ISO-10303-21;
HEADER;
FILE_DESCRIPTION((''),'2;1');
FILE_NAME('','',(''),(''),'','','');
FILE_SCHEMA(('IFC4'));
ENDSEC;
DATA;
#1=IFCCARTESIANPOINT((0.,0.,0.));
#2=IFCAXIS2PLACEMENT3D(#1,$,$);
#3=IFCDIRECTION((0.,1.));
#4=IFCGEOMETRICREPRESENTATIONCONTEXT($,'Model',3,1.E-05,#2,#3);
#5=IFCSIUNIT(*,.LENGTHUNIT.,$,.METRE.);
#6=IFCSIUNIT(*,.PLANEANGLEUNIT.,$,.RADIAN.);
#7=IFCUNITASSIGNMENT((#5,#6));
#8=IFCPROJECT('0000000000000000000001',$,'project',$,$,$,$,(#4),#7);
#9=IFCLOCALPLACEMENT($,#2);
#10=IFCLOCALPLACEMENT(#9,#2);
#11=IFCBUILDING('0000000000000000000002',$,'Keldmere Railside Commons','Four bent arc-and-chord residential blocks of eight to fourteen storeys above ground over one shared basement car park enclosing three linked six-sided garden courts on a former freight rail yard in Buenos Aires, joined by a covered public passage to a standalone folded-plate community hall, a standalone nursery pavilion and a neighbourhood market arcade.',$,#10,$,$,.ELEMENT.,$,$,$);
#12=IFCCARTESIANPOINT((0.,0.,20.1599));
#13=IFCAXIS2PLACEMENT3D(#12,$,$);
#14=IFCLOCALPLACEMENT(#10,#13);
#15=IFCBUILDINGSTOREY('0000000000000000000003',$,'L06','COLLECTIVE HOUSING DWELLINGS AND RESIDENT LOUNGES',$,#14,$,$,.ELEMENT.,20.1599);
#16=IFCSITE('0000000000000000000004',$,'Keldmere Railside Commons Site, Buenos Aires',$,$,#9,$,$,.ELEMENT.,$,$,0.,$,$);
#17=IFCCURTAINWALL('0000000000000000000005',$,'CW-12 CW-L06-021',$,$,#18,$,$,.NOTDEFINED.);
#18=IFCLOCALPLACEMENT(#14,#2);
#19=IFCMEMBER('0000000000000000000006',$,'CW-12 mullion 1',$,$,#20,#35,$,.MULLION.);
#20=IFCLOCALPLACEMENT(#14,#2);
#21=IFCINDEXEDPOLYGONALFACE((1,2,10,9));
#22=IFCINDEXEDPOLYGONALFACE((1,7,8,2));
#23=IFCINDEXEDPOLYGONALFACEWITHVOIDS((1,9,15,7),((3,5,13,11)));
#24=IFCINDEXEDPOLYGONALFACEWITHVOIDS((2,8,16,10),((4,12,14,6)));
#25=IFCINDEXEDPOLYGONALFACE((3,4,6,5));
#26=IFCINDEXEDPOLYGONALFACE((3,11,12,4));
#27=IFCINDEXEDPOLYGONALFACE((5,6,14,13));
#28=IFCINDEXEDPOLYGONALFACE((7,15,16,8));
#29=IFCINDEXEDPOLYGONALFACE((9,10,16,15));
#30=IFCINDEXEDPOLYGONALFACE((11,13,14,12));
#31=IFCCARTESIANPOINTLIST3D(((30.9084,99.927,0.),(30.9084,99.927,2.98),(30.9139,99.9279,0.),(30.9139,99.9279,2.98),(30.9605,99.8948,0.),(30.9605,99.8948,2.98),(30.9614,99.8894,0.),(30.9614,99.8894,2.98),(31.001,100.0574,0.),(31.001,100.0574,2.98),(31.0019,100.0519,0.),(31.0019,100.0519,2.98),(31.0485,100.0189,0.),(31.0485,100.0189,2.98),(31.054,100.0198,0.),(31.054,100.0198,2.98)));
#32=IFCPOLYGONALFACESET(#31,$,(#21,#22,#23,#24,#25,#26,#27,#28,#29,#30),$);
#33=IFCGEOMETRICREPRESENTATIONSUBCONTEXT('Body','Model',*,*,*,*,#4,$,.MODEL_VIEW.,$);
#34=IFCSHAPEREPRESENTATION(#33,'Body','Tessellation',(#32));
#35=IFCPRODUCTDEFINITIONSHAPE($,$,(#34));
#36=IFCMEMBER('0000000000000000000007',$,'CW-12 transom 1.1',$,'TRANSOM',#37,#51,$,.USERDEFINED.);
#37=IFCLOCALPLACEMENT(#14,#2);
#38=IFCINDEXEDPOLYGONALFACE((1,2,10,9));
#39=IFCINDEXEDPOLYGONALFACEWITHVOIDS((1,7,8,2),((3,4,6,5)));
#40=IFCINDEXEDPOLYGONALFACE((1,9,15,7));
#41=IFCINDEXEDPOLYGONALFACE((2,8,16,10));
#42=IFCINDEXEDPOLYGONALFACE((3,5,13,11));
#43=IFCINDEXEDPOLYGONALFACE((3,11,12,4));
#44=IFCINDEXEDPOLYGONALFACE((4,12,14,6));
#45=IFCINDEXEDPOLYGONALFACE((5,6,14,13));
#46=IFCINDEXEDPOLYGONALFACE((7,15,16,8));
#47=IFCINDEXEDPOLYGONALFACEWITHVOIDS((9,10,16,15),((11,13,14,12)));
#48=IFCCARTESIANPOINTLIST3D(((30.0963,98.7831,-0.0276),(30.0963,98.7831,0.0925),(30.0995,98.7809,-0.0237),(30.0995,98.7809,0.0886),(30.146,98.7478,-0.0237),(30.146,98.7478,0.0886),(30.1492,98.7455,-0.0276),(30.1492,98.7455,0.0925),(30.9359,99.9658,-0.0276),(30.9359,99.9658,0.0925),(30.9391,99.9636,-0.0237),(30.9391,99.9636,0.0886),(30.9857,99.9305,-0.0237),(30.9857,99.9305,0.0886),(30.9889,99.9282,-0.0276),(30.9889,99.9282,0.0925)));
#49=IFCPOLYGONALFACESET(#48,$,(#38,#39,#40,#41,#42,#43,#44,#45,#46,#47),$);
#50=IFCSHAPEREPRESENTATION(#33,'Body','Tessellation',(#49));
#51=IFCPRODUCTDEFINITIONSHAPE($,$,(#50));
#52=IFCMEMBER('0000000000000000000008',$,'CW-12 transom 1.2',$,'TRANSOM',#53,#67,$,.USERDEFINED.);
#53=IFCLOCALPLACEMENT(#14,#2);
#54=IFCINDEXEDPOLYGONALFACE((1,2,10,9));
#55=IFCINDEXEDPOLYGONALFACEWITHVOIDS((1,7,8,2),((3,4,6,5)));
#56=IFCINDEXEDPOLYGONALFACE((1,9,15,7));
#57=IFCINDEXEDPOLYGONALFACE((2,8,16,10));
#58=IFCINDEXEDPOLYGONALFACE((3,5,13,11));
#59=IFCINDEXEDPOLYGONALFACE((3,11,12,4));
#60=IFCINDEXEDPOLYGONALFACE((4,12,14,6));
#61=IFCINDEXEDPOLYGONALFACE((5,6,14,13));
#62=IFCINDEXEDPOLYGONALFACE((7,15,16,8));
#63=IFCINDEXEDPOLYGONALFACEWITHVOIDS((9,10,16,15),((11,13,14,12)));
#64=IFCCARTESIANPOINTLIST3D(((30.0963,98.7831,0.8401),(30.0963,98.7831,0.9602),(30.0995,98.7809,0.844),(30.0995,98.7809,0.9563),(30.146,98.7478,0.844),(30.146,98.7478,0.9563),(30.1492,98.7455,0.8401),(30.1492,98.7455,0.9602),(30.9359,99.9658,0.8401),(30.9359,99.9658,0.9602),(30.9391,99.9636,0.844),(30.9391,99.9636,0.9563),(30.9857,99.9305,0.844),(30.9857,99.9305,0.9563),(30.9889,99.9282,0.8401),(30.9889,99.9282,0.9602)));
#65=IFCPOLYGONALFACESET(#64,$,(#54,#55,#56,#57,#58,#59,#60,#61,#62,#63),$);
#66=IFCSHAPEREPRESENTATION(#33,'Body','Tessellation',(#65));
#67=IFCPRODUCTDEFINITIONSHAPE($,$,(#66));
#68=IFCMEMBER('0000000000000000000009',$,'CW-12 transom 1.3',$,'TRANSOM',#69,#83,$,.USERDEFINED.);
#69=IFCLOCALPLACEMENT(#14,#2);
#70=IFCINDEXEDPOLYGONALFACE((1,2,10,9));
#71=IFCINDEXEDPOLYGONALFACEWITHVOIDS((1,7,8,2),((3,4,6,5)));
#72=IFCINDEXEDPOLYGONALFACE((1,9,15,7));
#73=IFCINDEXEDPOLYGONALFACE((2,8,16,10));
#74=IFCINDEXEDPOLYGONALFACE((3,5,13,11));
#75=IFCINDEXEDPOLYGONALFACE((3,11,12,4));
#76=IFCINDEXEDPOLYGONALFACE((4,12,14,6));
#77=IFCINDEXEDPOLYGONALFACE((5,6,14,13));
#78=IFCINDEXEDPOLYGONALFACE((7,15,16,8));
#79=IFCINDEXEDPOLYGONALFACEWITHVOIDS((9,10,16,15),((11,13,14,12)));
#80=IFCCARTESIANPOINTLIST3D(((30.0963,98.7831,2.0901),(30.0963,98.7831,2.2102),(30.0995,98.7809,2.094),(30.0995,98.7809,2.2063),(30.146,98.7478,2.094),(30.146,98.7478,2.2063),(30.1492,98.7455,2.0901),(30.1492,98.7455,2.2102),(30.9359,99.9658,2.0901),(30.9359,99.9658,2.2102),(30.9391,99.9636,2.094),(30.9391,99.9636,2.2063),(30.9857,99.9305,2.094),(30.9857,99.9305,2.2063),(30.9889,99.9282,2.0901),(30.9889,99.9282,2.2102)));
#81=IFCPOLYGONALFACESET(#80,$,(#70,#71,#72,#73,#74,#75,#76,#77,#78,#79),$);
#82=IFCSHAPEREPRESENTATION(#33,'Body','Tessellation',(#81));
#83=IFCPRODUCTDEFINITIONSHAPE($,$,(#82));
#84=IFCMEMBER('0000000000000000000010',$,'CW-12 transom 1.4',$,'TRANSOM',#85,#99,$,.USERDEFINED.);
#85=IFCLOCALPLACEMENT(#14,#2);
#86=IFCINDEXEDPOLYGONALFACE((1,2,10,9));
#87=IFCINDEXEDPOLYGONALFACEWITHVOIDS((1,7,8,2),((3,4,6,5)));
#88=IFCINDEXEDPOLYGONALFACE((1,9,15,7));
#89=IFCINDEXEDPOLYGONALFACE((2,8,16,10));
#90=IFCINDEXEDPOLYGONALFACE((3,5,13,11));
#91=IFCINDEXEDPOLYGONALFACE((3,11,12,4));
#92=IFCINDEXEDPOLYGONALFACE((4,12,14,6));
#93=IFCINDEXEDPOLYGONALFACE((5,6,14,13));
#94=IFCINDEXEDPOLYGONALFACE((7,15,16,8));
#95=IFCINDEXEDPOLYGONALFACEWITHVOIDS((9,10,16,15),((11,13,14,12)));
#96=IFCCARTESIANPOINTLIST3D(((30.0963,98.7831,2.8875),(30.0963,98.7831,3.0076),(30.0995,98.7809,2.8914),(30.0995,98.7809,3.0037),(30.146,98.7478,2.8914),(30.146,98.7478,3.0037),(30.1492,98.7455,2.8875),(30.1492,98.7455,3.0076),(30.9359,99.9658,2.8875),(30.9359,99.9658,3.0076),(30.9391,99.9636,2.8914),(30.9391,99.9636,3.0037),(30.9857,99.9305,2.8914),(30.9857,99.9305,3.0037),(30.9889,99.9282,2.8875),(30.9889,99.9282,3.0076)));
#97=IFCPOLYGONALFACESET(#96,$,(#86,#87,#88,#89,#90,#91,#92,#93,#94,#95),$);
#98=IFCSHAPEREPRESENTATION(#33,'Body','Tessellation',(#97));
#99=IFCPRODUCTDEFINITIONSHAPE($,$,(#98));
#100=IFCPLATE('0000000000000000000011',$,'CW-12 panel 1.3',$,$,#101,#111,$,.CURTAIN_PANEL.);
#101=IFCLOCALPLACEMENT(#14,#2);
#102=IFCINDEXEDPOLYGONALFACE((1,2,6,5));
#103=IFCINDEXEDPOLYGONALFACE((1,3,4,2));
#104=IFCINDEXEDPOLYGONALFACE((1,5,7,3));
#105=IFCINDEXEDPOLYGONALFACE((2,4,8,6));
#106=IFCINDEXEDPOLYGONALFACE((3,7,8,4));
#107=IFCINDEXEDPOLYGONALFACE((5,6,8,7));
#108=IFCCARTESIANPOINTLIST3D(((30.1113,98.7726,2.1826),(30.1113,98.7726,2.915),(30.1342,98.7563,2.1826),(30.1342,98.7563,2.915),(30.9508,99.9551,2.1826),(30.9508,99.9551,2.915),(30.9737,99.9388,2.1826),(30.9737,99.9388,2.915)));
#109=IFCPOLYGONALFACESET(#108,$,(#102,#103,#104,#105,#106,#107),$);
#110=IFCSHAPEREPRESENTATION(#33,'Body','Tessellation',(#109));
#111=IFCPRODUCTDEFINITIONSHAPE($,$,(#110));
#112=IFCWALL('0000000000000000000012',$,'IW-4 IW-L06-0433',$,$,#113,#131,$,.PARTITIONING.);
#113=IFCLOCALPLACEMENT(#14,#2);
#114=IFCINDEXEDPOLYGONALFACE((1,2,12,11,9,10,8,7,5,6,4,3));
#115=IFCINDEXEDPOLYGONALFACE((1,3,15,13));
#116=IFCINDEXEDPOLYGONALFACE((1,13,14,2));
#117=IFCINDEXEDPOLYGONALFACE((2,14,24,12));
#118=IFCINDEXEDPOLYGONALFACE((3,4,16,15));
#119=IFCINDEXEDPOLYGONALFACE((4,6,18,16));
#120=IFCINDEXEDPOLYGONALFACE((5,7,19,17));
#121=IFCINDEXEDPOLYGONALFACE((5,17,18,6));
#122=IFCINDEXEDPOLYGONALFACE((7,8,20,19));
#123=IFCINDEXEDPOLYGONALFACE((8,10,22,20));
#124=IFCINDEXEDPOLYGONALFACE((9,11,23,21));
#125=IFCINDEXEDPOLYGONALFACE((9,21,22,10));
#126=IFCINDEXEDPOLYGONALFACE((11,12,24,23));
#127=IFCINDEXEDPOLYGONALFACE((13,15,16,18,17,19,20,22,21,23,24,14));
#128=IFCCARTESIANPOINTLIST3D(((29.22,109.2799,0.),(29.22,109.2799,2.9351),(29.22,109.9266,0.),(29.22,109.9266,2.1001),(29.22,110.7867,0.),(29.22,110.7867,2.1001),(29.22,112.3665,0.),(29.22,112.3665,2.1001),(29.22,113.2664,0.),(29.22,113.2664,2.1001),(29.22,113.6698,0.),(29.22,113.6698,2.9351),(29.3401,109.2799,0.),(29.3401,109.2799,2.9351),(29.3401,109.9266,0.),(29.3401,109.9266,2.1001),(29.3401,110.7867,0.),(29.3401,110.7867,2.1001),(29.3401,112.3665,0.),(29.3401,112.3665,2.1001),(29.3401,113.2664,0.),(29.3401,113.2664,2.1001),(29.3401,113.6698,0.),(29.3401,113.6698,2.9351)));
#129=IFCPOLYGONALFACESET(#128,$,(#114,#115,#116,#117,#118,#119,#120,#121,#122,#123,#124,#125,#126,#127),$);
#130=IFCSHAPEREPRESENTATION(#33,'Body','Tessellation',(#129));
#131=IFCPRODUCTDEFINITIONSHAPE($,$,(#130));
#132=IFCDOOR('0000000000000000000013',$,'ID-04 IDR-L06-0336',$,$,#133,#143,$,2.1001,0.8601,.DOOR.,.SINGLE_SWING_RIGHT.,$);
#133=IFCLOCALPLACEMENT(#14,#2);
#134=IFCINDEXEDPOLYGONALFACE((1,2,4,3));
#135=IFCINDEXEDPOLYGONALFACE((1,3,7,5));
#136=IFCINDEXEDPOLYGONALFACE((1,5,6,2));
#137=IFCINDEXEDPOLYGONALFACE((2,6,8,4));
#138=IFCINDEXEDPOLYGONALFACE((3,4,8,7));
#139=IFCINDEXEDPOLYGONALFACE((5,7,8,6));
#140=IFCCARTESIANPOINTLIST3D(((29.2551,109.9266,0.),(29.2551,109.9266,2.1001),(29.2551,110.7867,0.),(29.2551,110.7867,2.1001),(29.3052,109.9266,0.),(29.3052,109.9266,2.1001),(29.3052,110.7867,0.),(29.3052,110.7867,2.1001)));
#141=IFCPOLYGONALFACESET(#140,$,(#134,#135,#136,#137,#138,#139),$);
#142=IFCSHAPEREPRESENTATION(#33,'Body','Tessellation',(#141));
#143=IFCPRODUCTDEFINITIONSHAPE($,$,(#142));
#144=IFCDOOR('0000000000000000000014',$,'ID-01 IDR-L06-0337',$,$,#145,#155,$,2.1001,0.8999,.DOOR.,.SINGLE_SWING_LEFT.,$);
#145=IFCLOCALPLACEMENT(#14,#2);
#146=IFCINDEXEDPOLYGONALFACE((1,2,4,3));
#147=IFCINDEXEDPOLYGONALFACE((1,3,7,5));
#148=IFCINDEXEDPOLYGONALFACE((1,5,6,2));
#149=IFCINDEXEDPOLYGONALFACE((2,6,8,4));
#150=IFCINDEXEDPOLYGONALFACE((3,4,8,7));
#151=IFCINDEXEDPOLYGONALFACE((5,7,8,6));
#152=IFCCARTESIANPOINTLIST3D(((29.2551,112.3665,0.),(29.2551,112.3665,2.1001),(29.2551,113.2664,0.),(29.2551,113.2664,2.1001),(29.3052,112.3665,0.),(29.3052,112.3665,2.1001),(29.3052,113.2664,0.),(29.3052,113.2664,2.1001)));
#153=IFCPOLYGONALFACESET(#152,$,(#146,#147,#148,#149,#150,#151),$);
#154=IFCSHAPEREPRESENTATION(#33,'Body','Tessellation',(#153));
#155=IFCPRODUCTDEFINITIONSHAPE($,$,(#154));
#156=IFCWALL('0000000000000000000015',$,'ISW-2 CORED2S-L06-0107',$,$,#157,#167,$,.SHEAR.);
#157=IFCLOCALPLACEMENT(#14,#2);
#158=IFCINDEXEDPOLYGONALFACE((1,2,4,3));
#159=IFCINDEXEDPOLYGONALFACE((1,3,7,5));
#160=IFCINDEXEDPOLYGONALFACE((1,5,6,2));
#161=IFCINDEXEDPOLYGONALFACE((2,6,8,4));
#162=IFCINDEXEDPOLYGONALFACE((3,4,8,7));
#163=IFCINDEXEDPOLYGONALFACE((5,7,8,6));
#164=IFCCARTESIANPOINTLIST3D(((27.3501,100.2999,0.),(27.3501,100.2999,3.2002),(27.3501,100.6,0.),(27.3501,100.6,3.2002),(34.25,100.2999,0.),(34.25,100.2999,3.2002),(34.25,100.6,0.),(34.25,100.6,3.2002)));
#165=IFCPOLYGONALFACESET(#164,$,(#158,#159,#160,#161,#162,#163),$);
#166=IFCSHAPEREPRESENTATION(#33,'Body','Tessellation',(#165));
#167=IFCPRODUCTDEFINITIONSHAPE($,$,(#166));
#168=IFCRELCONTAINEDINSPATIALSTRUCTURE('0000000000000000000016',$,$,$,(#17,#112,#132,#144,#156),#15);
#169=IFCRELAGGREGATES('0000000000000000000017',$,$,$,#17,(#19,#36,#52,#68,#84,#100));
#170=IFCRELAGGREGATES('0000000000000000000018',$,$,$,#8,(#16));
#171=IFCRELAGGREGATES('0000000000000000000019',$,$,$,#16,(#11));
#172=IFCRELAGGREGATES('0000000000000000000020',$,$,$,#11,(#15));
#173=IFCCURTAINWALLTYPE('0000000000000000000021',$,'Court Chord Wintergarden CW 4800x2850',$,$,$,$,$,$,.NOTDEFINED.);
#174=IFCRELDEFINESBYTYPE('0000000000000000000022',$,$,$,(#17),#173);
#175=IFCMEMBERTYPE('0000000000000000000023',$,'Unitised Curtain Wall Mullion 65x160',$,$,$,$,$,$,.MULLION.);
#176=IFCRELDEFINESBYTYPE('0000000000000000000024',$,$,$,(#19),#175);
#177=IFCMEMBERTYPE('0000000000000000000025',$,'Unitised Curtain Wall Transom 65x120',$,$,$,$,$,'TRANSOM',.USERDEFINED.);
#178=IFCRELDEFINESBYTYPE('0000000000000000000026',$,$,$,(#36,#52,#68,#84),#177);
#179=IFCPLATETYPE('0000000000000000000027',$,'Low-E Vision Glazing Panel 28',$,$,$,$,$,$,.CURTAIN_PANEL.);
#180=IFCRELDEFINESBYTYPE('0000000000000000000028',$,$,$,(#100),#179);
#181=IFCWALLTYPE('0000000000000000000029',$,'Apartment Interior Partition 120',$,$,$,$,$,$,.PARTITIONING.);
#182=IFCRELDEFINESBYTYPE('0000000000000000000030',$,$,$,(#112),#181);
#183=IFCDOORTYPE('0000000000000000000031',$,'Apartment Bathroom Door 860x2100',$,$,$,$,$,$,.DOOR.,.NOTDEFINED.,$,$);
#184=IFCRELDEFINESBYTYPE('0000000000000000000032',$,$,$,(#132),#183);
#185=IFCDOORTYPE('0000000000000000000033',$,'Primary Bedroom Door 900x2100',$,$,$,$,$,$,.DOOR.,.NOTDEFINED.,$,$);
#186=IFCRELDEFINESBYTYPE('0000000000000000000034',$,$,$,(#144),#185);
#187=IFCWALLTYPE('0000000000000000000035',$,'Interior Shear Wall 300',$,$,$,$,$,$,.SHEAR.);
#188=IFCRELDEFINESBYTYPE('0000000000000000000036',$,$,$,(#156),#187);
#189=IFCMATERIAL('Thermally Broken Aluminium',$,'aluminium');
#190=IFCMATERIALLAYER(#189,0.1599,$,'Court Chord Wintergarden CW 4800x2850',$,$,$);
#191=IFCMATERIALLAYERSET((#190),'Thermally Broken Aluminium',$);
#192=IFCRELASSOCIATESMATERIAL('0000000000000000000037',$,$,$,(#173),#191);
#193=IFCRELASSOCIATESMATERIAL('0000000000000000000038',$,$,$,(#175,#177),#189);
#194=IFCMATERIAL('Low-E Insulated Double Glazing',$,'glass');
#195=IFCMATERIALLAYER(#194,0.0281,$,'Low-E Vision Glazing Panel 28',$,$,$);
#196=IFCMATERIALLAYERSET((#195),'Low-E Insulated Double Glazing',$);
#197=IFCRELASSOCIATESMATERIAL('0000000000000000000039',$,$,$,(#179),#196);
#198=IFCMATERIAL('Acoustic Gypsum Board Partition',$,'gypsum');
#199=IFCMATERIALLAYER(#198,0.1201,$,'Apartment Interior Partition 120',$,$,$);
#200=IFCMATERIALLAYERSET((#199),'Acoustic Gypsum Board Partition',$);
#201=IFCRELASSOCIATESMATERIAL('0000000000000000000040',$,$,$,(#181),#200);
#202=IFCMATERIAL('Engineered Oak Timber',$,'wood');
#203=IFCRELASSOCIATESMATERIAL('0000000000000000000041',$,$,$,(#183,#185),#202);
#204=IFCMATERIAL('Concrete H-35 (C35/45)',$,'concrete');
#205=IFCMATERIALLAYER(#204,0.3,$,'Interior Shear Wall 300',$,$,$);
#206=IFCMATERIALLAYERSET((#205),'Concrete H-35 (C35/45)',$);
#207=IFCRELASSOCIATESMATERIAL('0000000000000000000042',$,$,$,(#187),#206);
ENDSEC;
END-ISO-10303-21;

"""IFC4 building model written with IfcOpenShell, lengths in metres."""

from ifc_helpers import new_model, si_unit, direction, frame, frame_2d, origin, origin_2d, place, context, subcontext, project, spatial, rectangle, hollow_rectangle, extrude, material, layer, layer_set, material_profile, profile_set, type_object, element, fill, aggregate, save


model = new_model("IFC4")

# Units and contexts
model_context = context("Model", 3, precision=1e-05, world=origin(), true_north=direction((0.0, 1.0)))
body_context = subcontext(model_context, "Body", "Model", "MODEL_VIEW")
ifc_project = project(units=[si_unit("LENGTHUNIT", "METRE"), si_unit("PLANEANGLEUNIT", "RADIAN")], contexts=[model_context])

# Site, building, storey
site_placement = place(None, origin())
site = spatial("IfcSite", under=ifc_project, at=site_placement, Name="Keldmere Railside Commons Site, Buenos Aires", CompositionType="ELEMENT", RefElevation=0.0)
building_placement = place(site_placement, origin())
building = spatial("IfcBuilding", under=site, at=building_placement, Name="Keldmere Railside Commons", Description="Four bent arc-and-chord residential blocks of eight to fourteen storeys above ground over one shared basement car park enclosing three linked six-sided garden courts on a former freight rail yard in Buenos Aires, joined by a covered public passage to a standalone folded-plate community hall, a standalone nursery pavilion and a neighbourhood market arcade.", CompositionType="ELEMENT")
storey_placement = place(building_placement, frame((0.0, 0.0, 20.1599)))
storey = spatial("IfcBuildingStorey", under=building, at=storey_placement, Name="L06", Description="COLLECTIVE HOUSING DWELLINGS AND RESIDENT LOUNGES", CompositionType="ELEMENT", Elevation=20.1599)

# Curtain wall, members, plate
ifc_material_1 = material(Name="Thermally Broken Aluminium", Category="aluminium")
ifc_layer_1 = layer(ifc_material_1, 0.1599, Name="Court Chord Wintergarden CW 4800x2850")
ifc_layer_set_1 = layer_set([ifc_layer_1], Name="Thermally Broken Aluminium")
curtain_wall_type = type_object("IfcCurtainWallType", Name="Court Chord Wintergarden CW 4800x2850", PredefinedType="NOTDEFINED", material=ifc_layer_set_1)
curtain_wall_placement = place(storey_placement, origin())
curtain_wall = element("IfcCurtainWall", 1, at=curtain_wall_placement, inside=storey, type_object=curtain_wall_type, Name="CW-12 CW-L06-021", PredefinedType="NOTDEFINED")
ifc_material_profile_1 = material_profile(ifc_material_1, hollow_rectangle(XDim=0.0649, YDim=0.1599, WallThickness=0.0039, at=origin_2d()), Name="ALU-MULL-65x160")
ifc_profile_set_1 = profile_set([ifc_material_profile_1], Name="Thermally Broken Aluminium")
member_type_1 = type_object("IfcMemberType", Name="Unitised Curtain Wall Mullion 65x160", PredefinedType="MULLION", material=ifc_profile_set_1)
member_1_placement = place(storey_placement, frame((30.9812, 99.9734, 0.0), z_axis=(0.0, 0.0, 1.0), x_axis=(0.815389, -0.578913, 0.0)))
member_1 = element("IfcMember", 2, at=member_1_placement, type_object=member_type_1, Name="CW-12 mullion 1", PredefinedType="MULLION", context=body_context, shape_type="SweptSolid", body=[
    extrude(hollow_rectangle(XDim=0.0649, YDim=0.1599, WallThickness=0.0039, at=origin_2d()), origin(), (0.0, 0.0, 1.0), 2.98),
])
ifc_material_profile_2 = material_profile(ifc_material_1, hollow_rectangle(XDim=0.0649, YDim=0.1201, WallThickness=0.0039, at=origin_2d()), Name="ALU-TRAN-65x120")
ifc_profile_set_2 = profile_set([ifc_material_profile_2], Name="Thermally Broken Aluminium")
member_type_2 = type_object("IfcMemberType", Name="Unitised Curtain Wall Transom 65x120", ElementType="TRANSOM", PredefinedType="USERDEFINED", material=ifc_profile_set_2)
member_2_placement = place(storey_placement, frame((30.9624, 99.947, 0.0325), z_axis=(-0.578895, -0.815402, 0.0), x_axis=(0.815402, -0.578895, 0.0)))
member_2 = element("IfcMember", 3, at=member_2_placement, type_object=member_type_2, Name="CW-12 transom 1.1", ObjectType="TRANSOM", PredefinedType="USERDEFINED", context=body_context, shape_type="SweptSolid", body=[
    extrude(hollow_rectangle(XDim=0.0649, YDim=0.1201, WallThickness=0.0039, at=origin_2d()), origin(), (0.0, 0.0, 1.0), 1.4504),
])
member_3_placement = place(storey_placement, frame((30.9624, 99.947, 0.9001), z_axis=(-0.578895, -0.815402, 0.0), x_axis=(0.815402, -0.578895, 0.0)))
member_3 = element("IfcMember", 4, at=member_3_placement, type_object=member_type_2, Name="CW-12 transom 1.2", ObjectType="TRANSOM", PredefinedType="USERDEFINED", context=body_context, shape_type="SweptSolid", body=[
    extrude(hollow_rectangle(XDim=0.0649, YDim=0.1201, WallThickness=0.0039, at=origin_2d()), origin(), (0.0, 0.0, 1.0), 1.4504),
])
member_4_placement = place(storey_placement, frame((30.9624, 99.947, 2.1501), z_axis=(-0.578895, -0.815402, 0.0), x_axis=(0.815402, -0.578895, 0.0)))
member_4 = element("IfcMember", 5, at=member_4_placement, type_object=member_type_2, Name="CW-12 transom 1.3", ObjectType="TRANSOM", PredefinedType="USERDEFINED", context=body_context, shape_type="SweptSolid", body=[
    extrude(hollow_rectangle(XDim=0.0649, YDim=0.1201, WallThickness=0.0039, at=origin_2d()), origin(), (0.0, 0.0, 1.0), 1.4504),
])
member_5_placement = place(storey_placement, frame((30.9624, 99.947, 2.9475), z_axis=(-0.578895, -0.815402, 0.0), x_axis=(0.815402, -0.578895, 0.0)))
member_5 = element("IfcMember", 6, at=member_5_placement, type_object=member_type_2, Name="CW-12 transom 1.4", ObjectType="TRANSOM", PredefinedType="USERDEFINED", context=body_context, shape_type="SweptSolid", body=[
    extrude(hollow_rectangle(XDim=0.0649, YDim=0.1201, WallThickness=0.0039, at=origin_2d()), origin(), (0.0, 0.0, 1.0), 1.4504),
])
ifc_material_2 = material(Name="Low-E Insulated Double Glazing", Category="glass")
ifc_layer_2 = layer(ifc_material_2, 0.0281, Name="Low-E Vision Glazing Panel 28")
ifc_layer_set_2 = layer_set([ifc_layer_2], Name="Low-E Insulated Double Glazing")
plate_type = type_object("IfcPlateType", Name="Low-E Vision Glazing Panel 28", PredefinedType="CURTAIN_PANEL", material=ifc_layer_set_2)
plate_placement = place(storey_placement, frame((30.5425, 99.3557, 2.1826), z_axis=(0.0, 0.0, 1.0), x_axis=(-0.578913, -0.815389, 0.0)))
plate = element("IfcPlate", 7, at=plate_placement, type_object=plate_type, Name="CW-12 panel 1.3", PredefinedType="CURTAIN_PANEL", context=body_context, shape_type="SweptSolid", body=[
    extrude(rectangle(XDim=1.4502, YDim=0.0281, at=origin_2d()), origin(), (0.0, 0.0, 1.0), 0.7324),
])
aggregate(curtain_wall, [member_1, member_2, member_3, member_4, member_5, plate])

# Wall, openings, doors
ifc_material_3 = material(Name="Acoustic Gypsum Board Partition", Category="gypsum")
ifc_layer_3 = layer(ifc_material_3, 0.1201, Name="Apartment Interior Partition 120")
ifc_layer_set_3 = layer_set([ifc_layer_3], Name="Acoustic Gypsum Board Partition")
wall_type_1 = type_object("IfcWallType", Name="Apartment Interior Partition 120", PredefinedType="PARTITIONING", material=ifc_layer_set_3)
wall_1_placement = place(storey_placement, frame((29.28, 109.28, 0.0), z_axis=(0.0, 0.0, 1.0), x_axis=(0.0, 1.0, 0.0)))
wall_1 = element("IfcWall", 8, at=wall_1_placement, inside=storey, type_object=wall_type_1, Name="IW-4 IW-L06-0433", PredefinedType="PARTITIONING", context=body_context, shape_type="SweptSolid", body=[
    extrude(rectangle(XDim=4.3899, YDim=0.1201, at=frame_2d((2.1948, 0.0))), origin(), (0.0, 0.0, 1.0), 2.9351),
])
opening_1_placement = place(wall_1_placement, frame((0.6465, 0.0, 0.0)))
opening_1 = element("IfcOpeningElement", 9, at=opening_1_placement, cuts=wall_1, PredefinedType="OPENING", context=body_context, shape_type="SweptSolid", body=[
    extrude(rectangle(XDim=0.8601, YDim=2.1001, at=frame_2d((0.4302, 1.05))), frame((0.0, 0.0701, 0.0), z_axis=(0.0, -1.0, 0.0), x_axis=(1.0, 0.0, 0.0)), (0.0, 0.0, 1.0), 0.1401),
])
opening_2_placement = place(wall_1_placement, frame((3.0864, 0.0, 0.0)))
opening_2 = element("IfcOpeningElement", 10, at=opening_2_placement, cuts=wall_1, PredefinedType="OPENING", context=body_context, shape_type="SweptSolid", body=[
    extrude(rectangle(XDim=0.8999, YDim=2.1001, at=frame_2d((0.45, 1.05))), frame((0.0, 0.0701, 0.0), z_axis=(0.0, -1.0, 0.0), x_axis=(1.0, 0.0, 0.0)), (0.0, 0.0, 1.0), 0.1401),
])
ifc_material_4 = material(Name="Engineered Oak Timber", Category="wood")
door_type_1 = type_object("IfcDoorType", Name="Apartment Bathroom Door 860x2100", OperationType="NOTDEFINED", PredefinedType="DOOR", material=ifc_material_4)
door_1_placement = place(opening_1_placement, origin())
door_1 = element("IfcDoor", 11, at=door_1_placement, inside=storey, type_object=door_type_1, Name="ID-04 IDR-L06-0336", OperationType="SINGLE_SWING_RIGHT", OverallHeight=2.1001, OverallWidth=0.8601, PredefinedType="DOOR", context=body_context, shape_type="SweptSolid", body=[
    extrude(rectangle(XDim=0.8601, YDim=2.1001, at=frame_2d((0.4302, 1.05))), frame((0.0, 0.0249, 0.0), z_axis=(0.0, -1.0, 0.0), x_axis=(1.0, 0.0, 0.0)), (0.0, 0.0, 1.0), 0.05),
])
fill(opening_1, door_1)
door_type_2 = type_object("IfcDoorType", Name="Primary Bedroom Door 900x2100", OperationType="NOTDEFINED", PredefinedType="DOOR", material=ifc_material_4)
door_2_placement = place(opening_2_placement, origin())
door_2 = element("IfcDoor", 12, at=door_2_placement, inside=storey, type_object=door_type_2, Name="ID-01 IDR-L06-0337", OperationType="SINGLE_SWING_LEFT", OverallHeight=2.1001, OverallWidth=0.8999, PredefinedType="DOOR", context=body_context, shape_type="SweptSolid", body=[
    extrude(rectangle(XDim=0.8999, YDim=2.1001, at=frame_2d((0.45, 1.05))), frame((0.0, 0.0249, 0.0), z_axis=(0.0, -1.0, 0.0), x_axis=(1.0, 0.0, 0.0)), (0.0, 0.0, 1.0), 0.05),
])
fill(opening_2, door_2)

# Wall
ifc_material_5 = material(Name="Concrete H-35 (C35/45)", Category="concrete")
ifc_layer_4 = layer(ifc_material_5, 0.3, Name="Interior Shear Wall 300")
ifc_layer_set_4 = layer_set([ifc_layer_4], Name="Concrete H-35 (C35/45)")
wall_type_2 = type_object("IfcWallType", Name="Interior Shear Wall 300", PredefinedType="SHEAR", material=ifc_layer_set_4)
wall_2_placement = place(storey_placement, frame((27.3501, 100.45, 0.0), z_axis=(0.0, 0.0, 1.0), x_axis=(1.0, 0.0, 0.0)))
element("IfcWall", 13, at=wall_2_placement, inside=storey, type_object=wall_type_2, Name="ISW-2 CORED2S-L06-0107", PredefinedType="SHEAR", context=body_context, shape_type="SweptSolid", body=[
    extrude(rectangle(XDim=6.8999, YDim=0.3, at=frame_2d((3.45, 0.0))), origin(), (0.0, 0.0, 1.0), 3.2002),
])

save(model, "model.ifc")
